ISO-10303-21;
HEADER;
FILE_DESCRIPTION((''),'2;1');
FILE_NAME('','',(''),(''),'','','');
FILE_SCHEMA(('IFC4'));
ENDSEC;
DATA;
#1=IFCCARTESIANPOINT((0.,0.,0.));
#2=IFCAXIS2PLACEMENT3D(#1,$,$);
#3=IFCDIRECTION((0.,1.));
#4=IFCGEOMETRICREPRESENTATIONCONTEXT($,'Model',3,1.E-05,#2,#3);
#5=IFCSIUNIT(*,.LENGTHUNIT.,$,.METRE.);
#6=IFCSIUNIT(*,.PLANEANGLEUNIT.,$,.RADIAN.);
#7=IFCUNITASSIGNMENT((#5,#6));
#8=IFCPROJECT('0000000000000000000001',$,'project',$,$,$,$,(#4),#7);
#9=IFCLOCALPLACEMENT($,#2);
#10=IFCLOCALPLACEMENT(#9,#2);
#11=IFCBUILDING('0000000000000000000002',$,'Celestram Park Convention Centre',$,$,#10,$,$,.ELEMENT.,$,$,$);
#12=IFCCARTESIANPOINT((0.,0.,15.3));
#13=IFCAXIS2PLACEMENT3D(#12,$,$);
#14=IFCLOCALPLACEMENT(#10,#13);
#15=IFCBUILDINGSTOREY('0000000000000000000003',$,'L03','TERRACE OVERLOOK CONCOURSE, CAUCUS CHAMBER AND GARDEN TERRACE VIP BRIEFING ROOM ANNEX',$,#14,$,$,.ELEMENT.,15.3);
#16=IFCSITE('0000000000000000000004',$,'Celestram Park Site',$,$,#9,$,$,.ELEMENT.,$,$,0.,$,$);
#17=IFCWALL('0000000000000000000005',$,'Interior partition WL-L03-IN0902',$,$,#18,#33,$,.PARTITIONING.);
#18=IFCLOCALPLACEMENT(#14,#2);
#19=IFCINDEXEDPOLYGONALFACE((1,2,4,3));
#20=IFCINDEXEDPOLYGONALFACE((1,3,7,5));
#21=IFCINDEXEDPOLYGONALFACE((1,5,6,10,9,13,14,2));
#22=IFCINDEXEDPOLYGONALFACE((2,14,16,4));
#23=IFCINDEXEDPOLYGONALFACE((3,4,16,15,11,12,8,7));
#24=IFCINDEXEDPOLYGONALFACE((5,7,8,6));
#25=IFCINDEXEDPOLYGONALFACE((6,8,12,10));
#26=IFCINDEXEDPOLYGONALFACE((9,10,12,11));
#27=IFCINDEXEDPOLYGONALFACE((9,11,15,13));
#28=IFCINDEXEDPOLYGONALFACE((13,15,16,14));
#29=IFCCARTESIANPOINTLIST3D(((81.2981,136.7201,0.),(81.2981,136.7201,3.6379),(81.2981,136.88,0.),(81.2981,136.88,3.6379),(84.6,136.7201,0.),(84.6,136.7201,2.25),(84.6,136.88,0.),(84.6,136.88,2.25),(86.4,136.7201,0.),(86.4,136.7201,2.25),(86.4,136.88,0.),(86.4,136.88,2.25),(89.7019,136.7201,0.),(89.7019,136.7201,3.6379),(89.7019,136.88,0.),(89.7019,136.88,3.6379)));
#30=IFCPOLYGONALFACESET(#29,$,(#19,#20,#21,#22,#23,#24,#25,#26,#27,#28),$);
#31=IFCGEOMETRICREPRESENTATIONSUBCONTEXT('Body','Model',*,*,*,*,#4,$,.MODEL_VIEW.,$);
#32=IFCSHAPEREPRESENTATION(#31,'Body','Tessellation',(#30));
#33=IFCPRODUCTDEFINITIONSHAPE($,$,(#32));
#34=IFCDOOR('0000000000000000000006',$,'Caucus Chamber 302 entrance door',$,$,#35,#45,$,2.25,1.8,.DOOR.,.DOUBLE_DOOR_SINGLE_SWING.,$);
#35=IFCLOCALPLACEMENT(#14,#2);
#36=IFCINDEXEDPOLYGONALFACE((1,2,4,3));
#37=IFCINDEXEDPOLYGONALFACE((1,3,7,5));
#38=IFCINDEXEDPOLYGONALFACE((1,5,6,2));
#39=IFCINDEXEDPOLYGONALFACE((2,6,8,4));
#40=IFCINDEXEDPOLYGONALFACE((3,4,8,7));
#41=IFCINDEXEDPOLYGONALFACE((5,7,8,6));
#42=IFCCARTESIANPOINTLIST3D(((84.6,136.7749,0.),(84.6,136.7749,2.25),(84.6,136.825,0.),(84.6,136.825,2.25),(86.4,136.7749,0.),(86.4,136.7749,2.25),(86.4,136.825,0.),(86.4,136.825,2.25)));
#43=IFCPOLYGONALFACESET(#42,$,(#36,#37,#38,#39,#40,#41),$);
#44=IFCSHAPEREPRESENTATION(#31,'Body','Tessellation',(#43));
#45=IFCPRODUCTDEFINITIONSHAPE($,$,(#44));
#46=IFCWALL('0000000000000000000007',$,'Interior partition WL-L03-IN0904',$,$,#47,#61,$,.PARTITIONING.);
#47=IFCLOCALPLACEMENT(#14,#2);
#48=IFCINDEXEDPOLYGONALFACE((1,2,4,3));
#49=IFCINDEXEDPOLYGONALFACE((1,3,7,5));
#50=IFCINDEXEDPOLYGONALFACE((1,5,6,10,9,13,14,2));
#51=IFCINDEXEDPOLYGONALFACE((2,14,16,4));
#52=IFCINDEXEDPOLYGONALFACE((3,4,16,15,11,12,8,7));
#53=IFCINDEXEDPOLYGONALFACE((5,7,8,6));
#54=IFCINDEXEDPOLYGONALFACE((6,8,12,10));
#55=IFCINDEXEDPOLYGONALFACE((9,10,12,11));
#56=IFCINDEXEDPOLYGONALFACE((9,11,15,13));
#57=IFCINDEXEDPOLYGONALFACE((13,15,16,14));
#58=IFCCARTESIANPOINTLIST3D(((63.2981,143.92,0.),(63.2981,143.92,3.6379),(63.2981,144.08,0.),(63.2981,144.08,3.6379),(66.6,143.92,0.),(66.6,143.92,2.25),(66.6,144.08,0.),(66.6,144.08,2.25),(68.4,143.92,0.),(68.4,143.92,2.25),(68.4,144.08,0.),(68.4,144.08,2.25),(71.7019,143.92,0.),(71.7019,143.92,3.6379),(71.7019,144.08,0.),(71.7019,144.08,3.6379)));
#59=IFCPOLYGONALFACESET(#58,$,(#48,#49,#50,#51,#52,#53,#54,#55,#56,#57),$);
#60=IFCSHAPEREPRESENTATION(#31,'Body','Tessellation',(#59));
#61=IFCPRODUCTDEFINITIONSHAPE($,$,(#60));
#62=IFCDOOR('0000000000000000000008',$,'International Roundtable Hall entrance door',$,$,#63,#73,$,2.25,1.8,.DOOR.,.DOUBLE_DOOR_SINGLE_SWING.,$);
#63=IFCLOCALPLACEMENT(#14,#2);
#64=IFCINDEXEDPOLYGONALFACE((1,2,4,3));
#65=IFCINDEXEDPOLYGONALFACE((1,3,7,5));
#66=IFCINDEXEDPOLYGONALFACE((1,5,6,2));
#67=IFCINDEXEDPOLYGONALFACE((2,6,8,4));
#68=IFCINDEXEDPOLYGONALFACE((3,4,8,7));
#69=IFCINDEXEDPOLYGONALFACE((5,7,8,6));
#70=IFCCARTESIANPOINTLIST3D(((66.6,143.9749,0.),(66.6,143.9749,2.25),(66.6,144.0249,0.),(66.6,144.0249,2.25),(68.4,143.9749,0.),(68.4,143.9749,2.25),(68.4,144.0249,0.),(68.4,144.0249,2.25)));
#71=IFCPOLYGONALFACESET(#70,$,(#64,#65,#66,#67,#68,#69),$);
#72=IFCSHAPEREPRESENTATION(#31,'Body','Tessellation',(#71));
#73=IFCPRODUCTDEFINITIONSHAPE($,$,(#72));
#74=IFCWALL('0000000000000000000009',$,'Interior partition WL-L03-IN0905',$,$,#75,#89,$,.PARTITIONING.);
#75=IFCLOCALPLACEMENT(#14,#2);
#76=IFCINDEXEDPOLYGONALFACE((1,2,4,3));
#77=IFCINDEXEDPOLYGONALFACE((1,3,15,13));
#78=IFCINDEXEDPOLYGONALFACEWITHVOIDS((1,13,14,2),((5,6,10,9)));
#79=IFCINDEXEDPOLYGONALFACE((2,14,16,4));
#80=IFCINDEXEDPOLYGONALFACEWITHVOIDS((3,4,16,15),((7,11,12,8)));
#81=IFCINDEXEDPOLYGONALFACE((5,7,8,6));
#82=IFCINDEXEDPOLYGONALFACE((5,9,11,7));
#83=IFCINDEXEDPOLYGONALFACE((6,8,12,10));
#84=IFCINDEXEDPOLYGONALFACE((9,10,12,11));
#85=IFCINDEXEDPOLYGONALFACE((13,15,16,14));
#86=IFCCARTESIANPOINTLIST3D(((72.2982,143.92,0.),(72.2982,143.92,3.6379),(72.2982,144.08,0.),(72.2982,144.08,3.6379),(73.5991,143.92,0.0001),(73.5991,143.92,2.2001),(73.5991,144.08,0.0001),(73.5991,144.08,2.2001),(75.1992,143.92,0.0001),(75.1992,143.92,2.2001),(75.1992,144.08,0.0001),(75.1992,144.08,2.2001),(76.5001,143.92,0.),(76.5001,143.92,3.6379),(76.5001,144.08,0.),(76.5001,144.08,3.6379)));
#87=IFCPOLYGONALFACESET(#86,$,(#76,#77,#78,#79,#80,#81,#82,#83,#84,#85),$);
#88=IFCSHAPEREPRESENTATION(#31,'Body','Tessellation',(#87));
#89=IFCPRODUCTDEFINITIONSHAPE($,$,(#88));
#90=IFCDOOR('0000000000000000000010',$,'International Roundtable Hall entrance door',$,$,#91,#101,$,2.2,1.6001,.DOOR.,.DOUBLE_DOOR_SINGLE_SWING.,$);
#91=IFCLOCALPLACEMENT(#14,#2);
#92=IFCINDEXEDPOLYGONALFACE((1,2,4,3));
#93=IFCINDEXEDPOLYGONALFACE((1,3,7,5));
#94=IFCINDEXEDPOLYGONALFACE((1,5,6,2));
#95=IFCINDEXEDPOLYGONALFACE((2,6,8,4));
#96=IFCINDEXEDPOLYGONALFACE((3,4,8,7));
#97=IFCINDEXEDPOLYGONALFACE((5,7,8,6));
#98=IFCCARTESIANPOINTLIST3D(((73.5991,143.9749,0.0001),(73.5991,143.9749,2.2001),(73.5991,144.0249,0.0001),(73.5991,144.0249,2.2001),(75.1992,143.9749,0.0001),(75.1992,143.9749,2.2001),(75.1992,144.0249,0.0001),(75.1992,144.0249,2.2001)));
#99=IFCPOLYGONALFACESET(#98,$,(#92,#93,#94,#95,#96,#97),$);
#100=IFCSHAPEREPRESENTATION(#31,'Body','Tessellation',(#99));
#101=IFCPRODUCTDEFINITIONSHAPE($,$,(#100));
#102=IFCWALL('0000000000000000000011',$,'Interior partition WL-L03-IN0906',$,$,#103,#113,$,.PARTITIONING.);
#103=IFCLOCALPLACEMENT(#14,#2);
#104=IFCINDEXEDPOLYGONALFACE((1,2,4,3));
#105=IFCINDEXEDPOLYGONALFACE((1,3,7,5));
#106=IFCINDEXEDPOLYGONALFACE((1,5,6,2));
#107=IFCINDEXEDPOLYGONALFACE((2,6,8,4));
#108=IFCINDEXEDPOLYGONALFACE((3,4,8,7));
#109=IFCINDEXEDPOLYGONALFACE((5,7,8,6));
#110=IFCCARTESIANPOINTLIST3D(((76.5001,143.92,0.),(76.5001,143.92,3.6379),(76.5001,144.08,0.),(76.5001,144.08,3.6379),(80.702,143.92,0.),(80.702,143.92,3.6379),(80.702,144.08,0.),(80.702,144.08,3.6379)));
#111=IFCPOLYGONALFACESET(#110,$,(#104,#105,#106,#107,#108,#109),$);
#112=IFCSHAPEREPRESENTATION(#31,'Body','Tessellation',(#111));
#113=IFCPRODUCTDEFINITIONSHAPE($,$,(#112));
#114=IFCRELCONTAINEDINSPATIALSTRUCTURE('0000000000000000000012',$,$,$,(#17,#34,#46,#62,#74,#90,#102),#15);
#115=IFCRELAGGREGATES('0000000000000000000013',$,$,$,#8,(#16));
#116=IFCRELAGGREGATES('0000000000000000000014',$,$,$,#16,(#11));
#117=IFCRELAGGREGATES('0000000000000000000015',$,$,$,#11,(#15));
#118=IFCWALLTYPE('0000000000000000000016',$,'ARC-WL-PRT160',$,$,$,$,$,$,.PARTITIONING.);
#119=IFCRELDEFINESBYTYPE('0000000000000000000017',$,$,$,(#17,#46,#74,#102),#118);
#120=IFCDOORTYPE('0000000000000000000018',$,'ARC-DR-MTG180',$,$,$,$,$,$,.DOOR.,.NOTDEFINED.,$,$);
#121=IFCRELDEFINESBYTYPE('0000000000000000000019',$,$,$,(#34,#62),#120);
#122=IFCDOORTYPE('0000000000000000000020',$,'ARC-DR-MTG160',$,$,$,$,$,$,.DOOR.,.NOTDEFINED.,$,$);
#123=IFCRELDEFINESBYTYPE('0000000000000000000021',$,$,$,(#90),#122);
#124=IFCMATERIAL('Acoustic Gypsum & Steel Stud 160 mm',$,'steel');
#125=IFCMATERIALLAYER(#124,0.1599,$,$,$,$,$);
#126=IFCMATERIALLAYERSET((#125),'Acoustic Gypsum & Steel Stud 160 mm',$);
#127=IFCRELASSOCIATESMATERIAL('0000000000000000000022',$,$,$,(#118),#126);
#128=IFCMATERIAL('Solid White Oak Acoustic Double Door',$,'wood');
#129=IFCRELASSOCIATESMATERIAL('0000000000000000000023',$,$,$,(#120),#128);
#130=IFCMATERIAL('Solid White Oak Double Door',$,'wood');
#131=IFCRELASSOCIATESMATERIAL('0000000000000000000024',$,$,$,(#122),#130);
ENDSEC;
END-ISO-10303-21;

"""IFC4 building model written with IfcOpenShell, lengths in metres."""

from ifc_helpers import new_model, si_unit, direction, frame, frame_2d, origin, place, context, subcontext, project, spatial, rectangle, extrude, material, layer, layer_set, type_object, element, fill, save


model = new_model("IFC4")

# Units and contexts
model_context = context("Model", 3, precision=1e-05, world=origin(), true_north=direction((0.0, 1.0)))
body_context = subcontext(model_context, "Body", "Model", "MODEL_VIEW")
ifc_project = project(units=[si_unit("LENGTHUNIT", "METRE"), si_unit("PLANEANGLEUNIT", "RADIAN")], contexts=[model_context])

# Site, building, storey
site_placement = place(None, origin())
site = spatial("IfcSite", under=ifc_project, at=site_placement, Name="Celestram Park Site", CompositionType="ELEMENT", RefElevation=0.0)
building_placement = place(site_placement, origin())
building = spatial("IfcBuilding", under=site, at=building_placement, Name="Celestram Park Convention Centre", CompositionType="ELEMENT")
storey_placement = place(building_placement, frame((0.0, 0.0, 15.3)))
storey = spatial("IfcBuildingStorey", under=building, at=storey_placement, Name="L03", Description="TERRACE OVERLOOK CONCOURSE, CAUCUS CHAMBER AND GARDEN TERRACE VIP BRIEFING ROOM ANNEX", CompositionType="ELEMENT", Elevation=15.3)

# Walls, openings, doors
ifc_material_1 = material(Name="Acoustic Gypsum & Steel Stud 160 mm", Category="steel")
ifc_layer_1 = layer(ifc_material_1, 0.1599)
ifc_layer_set_1 = layer_set([ifc_layer_1], Name="Acoustic Gypsum & Steel Stud 160 mm")
wall_type_1 = type_object("IfcWallType", Name="ARC-WL-PRT160", PredefinedType="PARTITIONING", material=ifc_layer_set_1)
wall_1_placement = place(storey_placement, frame((81.2981, 136.8, 0.0), z_axis=(0.0, 0.0, 1.0), x_axis=(1.0, 0.0, 0.0)))
wall_1 = element("IfcWall", 1, at=wall_1_placement, inside=storey, type_object=wall_type_1, Name="Interior partition WL-L03-IN0902", PredefinedType="PARTITIONING", context=body_context, shape_type="SweptSolid", body=[
    extrude(rectangle(XDim=8.4038, YDim=0.1599, at=frame_2d((4.2019, 0.0))), origin(), (0.0, 0.0, 1.0), 3.6379),
])
opening_1_placement = place(wall_1_placement, frame((3.302, 0.0, 0.0)))
opening_1 = element("IfcOpeningElement", 2, at=opening_1_placement, cuts=wall_1, PredefinedType="OPENING", context=body_context, shape_type="SweptSolid", body=[
    extrude(rectangle(XDim=1.8, YDim=2.25, at=frame_2d((0.8999, 1.125))), frame((0.0, 0.0898, 0.0), z_axis=(0.0, -1.0, 0.0), x_axis=(1.0, 0.0, 0.0)), (0.0, 0.0, 1.0), 0.1799),
])
ifc_material_2 = material(Name="Solid White Oak Acoustic Double Door", Category="wood")
door_type_1 = type_object("IfcDoorType", Name="ARC-DR-MTG180", OperationType="NOTDEFINED", PredefinedType="DOOR", material=ifc_material_2)
door_1_placement = place(opening_1_placement, origin())
door_1 = element("IfcDoor", 3, at=door_1_placement, inside=storey, type_object=door_type_1, Name="Caucus Chamber 302 entrance door", OperationType="DOUBLE_DOOR_SINGLE_SWING", OverallHeight=2.25, OverallWidth=1.8, PredefinedType="DOOR", context=body_context, shape_type="SweptSolid", body=[
    extrude(rectangle(XDim=1.8, YDim=2.25, at=frame_2d((0.8999, 1.125))), frame((0.0, 0.0249, 0.0), z_axis=(0.0, -1.0, 0.0), x_axis=(1.0, 0.0, 0.0)), (0.0, 0.0, 1.0), 0.05),
])
fill(opening_1, door_1)
wall_2_placement = place(storey_placement, frame((63.2981, 144.0, 0.0), z_axis=(0.0, 0.0, 1.0), x_axis=(1.0, 0.0, 0.0)))
wall_2 = element("IfcWall", 4, at=wall_2_placement, inside=storey, type_object=wall_type_1, Name="Interior partition WL-L03-IN0904", PredefinedType="PARTITIONING", context=body_context, shape_type="SweptSolid", body=[
    extrude(rectangle(XDim=8.4038, YDim=0.1599, at=frame_2d((4.2019, 0.0))), origin(), (0.0, 0.0, 1.0), 3.6379),
])
opening_2_placement = place(wall_2_placement, frame((3.302, 0.0, 0.0)))
opening_2 = element("IfcOpeningElement", 5, at=opening_2_placement, cuts=wall_2, PredefinedType="OPENING", context=body_context, shape_type="SweptSolid", body=[
    extrude(rectangle(XDim=1.8, YDim=2.25, at=frame_2d((0.8999, 1.125))), frame((0.0, 0.0898, 0.0), z_axis=(0.0, -1.0, 0.0), x_axis=(1.0, 0.0, 0.0)), (0.0, 0.0, 1.0), 0.1799),
])
door_2_placement = place(opening_2_placement, origin())
door_2 = element("IfcDoor", 6, at=door_2_placement, inside=storey, type_object=door_type_1, Name="International Roundtable Hall entrance door", OperationType="DOUBLE_DOOR_SINGLE_SWING", OverallHeight=2.25, OverallWidth=1.8, PredefinedType="DOOR", context=body_context, shape_type="SweptSolid", body=[
    extrude(rectangle(XDim=1.8, YDim=2.25, at=frame_2d((0.8999, 1.125))), frame((0.0, 0.0249, 0.0), z_axis=(0.0, -1.0, 0.0), x_axis=(1.0, 0.0, 0.0)), (0.0, 0.0, 1.0), 0.05),
])
fill(opening_2, door_2)
wall_3_placement = place(storey_placement, frame((72.2981, 144.0, 0.0), z_axis=(0.0, 0.0, 1.0), x_axis=(1.0, 0.0, 0.0)))
wall_3 = element("IfcWall", 7, at=wall_3_placement, inside=storey, type_object=wall_type_1, Name="Interior partition WL-L03-IN0905", PredefinedType="PARTITIONING", context=body_context, shape_type="SweptSolid", body=[
    extrude(rectangle(XDim=4.2019, YDim=0.1599, at=frame_2d((2.1011, 0.0))), origin(), (0.0, 0.0, 1.0), 3.6379),
])
opening_3_placement = place(wall_3_placement, frame((1.301, 0.0, 0.0)))
opening_3 = element("IfcOpeningElement", 8, at=opening_3_placement, cuts=wall_3, PredefinedType="OPENING", context=body_context, shape_type="SweptSolid", body=[
    extrude(rectangle(XDim=1.6001, YDim=2.2, at=frame_2d((0.8, 1.1001))), frame((0.0, 0.0898, 0.0), z_axis=(0.0, -1.0, 0.0), x_axis=(1.0, 0.0, 0.0)), (0.0, 0.0, 1.0), 0.1799),
])
ifc_material_3 = material(Name="Solid White Oak Double Door", Category="wood")
door_type_2 = type_object("IfcDoorType", Name="ARC-DR-MTG160", OperationType="NOTDEFINED", PredefinedType="DOOR", material=ifc_material_3)
door_3_placement = place(opening_3_placement, origin())
door_3 = element("IfcDoor", 9, at=door_3_placement, inside=storey, type_object=door_type_2, Name="International Roundtable Hall entrance door", OperationType="DOUBLE_DOOR_SINGLE_SWING", OverallHeight=2.2, OverallWidth=1.6001, PredefinedType="DOOR", context=body_context, shape_type="SweptSolid", body=[
    extrude(rectangle(XDim=1.6001, YDim=2.2, at=frame_2d((0.8, 1.1001))), frame((0.0, 0.0249, 0.0), z_axis=(0.0, -1.0, 0.0), x_axis=(1.0, 0.0, 0.0)), (0.0, 0.0, 1.0), 0.05),
])
fill(opening_3, door_3)

# Wall
wall_4_placement = place(storey_placement, frame((76.5, 144.0, 0.0), z_axis=(0.0, 0.0, 1.0), x_axis=(1.0, 0.0, 0.0)))
element("IfcWall", 10, at=wall_4_placement, inside=storey, type_object=wall_type_1, Name="Interior partition WL-L03-IN0906", PredefinedType="PARTITIONING", context=body_context, shape_type="SweptSolid", body=[
    extrude(rectangle(XDim=4.2019, YDim=0.1599, at=frame_2d((2.1011, 0.0))), origin(), (0.0, 0.0, 1.0), 3.6379),
])

save(model, "model.ifc")
